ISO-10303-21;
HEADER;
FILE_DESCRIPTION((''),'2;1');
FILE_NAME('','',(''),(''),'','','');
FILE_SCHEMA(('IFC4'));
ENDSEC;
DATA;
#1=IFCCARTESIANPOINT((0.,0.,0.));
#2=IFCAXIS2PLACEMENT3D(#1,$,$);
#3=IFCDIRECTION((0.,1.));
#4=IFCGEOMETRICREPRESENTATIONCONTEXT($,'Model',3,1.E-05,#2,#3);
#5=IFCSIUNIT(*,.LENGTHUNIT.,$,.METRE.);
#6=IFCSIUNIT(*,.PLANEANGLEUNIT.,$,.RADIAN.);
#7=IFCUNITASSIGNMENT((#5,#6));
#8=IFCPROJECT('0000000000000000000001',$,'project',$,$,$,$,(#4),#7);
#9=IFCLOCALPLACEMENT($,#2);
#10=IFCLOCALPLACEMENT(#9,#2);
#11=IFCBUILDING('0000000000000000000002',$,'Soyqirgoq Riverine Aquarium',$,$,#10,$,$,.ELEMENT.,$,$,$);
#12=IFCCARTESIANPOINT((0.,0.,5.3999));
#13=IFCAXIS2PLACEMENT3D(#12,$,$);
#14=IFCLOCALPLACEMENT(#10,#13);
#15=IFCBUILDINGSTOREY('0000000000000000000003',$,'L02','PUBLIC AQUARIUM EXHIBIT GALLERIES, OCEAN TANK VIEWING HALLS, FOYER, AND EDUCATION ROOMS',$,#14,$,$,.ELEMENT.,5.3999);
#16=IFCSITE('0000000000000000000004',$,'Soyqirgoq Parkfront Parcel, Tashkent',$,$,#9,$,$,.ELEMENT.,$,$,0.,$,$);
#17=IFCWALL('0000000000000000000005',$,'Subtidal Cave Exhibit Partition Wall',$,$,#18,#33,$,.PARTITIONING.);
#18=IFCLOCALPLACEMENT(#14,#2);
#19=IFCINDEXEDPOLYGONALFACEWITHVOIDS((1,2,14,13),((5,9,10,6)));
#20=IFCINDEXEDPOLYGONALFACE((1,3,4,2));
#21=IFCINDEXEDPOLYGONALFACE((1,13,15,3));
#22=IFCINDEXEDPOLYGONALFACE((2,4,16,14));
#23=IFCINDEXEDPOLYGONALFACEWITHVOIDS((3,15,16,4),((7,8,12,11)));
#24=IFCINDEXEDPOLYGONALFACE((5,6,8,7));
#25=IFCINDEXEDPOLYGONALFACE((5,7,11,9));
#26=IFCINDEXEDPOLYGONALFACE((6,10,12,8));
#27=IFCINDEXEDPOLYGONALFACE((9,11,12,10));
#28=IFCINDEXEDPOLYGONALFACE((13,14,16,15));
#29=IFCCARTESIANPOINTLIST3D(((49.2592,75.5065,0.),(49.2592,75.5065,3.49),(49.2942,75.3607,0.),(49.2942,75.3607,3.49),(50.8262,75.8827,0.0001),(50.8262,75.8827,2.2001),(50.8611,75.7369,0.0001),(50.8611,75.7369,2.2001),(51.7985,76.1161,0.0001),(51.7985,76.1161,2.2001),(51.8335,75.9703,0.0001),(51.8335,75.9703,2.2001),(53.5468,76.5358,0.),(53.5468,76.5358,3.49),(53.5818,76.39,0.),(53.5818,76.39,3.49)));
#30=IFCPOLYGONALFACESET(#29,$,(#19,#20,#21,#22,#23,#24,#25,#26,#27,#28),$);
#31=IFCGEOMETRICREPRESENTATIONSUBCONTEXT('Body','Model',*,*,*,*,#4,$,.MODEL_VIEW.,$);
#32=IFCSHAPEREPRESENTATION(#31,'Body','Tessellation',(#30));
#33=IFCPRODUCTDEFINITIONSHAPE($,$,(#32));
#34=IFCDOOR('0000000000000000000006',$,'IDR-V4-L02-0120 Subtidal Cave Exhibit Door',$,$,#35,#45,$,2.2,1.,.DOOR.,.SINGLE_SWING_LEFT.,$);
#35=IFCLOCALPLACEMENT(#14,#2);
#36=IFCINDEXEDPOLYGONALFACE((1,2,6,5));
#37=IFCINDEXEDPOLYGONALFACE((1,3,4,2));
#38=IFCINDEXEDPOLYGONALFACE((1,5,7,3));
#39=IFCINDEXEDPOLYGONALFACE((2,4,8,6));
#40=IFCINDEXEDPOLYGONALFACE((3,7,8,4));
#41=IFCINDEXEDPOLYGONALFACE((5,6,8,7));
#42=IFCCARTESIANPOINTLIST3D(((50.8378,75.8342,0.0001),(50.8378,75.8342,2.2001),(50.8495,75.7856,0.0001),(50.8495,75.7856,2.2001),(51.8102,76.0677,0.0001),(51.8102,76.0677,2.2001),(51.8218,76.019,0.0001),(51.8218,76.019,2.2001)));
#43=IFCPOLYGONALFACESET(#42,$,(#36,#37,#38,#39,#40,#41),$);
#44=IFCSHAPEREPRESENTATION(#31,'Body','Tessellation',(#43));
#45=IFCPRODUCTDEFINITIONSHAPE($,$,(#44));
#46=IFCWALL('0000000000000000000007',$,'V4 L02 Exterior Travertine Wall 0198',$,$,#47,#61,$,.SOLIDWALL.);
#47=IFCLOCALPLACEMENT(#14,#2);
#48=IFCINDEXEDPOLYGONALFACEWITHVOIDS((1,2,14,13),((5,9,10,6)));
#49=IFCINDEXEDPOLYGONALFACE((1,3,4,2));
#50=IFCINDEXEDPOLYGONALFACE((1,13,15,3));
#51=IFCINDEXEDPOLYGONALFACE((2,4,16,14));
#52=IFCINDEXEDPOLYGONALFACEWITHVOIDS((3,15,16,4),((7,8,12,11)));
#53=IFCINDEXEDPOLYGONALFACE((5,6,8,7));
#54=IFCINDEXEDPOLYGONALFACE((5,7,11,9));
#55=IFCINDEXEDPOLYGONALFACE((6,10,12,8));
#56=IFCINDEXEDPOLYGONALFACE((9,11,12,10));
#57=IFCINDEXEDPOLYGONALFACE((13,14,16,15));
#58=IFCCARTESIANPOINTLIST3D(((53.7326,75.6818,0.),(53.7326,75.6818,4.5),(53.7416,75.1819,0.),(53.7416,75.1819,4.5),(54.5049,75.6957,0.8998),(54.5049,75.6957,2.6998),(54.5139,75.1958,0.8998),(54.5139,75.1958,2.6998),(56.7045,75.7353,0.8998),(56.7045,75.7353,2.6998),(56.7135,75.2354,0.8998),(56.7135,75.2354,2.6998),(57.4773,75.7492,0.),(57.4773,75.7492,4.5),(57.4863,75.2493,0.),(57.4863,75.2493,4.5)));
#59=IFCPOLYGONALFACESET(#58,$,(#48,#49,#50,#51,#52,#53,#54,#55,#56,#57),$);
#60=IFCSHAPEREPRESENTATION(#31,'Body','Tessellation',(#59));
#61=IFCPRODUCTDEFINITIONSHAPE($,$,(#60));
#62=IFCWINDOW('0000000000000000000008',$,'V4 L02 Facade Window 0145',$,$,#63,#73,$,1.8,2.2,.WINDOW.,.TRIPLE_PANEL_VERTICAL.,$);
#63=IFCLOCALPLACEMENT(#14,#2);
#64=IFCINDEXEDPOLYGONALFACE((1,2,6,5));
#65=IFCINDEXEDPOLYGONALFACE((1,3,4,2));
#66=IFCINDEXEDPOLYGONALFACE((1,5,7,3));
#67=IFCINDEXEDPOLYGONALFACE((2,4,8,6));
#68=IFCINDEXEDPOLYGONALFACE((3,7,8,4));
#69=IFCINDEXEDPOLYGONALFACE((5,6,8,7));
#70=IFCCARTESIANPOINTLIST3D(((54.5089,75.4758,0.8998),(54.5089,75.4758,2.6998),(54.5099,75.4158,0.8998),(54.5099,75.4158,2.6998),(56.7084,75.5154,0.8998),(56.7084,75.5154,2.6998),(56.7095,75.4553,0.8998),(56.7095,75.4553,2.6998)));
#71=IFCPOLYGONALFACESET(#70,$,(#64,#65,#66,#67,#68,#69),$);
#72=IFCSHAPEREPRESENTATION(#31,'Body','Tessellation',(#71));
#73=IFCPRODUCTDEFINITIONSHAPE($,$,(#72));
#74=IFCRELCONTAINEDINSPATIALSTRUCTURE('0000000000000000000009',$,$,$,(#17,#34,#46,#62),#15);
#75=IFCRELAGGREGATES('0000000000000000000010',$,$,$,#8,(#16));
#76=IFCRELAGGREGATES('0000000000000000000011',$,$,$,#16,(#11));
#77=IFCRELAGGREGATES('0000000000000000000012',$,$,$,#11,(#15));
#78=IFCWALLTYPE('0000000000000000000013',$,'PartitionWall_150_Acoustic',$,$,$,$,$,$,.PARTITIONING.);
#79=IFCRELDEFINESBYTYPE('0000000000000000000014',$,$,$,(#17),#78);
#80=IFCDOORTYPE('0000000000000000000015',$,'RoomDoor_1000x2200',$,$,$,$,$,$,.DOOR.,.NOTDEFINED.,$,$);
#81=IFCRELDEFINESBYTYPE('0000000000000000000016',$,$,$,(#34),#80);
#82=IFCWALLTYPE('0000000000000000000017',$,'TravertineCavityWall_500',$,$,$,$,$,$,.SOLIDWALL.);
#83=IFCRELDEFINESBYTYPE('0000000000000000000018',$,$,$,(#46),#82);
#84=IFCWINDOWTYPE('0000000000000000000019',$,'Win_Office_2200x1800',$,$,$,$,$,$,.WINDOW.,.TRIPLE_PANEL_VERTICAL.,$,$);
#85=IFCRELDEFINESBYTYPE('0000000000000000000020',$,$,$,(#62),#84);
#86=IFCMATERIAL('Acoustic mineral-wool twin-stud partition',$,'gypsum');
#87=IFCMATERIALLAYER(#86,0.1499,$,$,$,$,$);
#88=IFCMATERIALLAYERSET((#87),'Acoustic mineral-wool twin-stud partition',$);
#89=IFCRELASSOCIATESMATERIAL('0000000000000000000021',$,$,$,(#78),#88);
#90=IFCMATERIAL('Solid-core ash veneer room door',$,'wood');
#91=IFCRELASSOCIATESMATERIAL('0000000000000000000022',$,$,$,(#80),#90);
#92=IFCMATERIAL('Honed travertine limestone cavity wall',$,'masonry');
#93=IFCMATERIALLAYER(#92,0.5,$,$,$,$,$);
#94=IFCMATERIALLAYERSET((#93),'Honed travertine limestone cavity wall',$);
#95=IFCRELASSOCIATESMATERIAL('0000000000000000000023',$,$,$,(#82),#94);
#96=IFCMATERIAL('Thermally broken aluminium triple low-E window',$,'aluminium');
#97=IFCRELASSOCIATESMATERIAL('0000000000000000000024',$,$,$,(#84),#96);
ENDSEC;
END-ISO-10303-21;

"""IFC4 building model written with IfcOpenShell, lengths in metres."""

from ifc_helpers import new_model, si_unit, direction, frame, frame_2d, origin, place, context, subcontext, project, spatial, rectangle, extrude, material, layer, layer_set, type_object, element, fill, save


model = new_model("IFC4")

# Units and contexts
model_context = context("Model", 3, precision=1e-05, world=origin(), true_north=direction((0.0, 1.0)))
body_context = subcontext(model_context, "Body", "Model", "MODEL_VIEW")
ifc_project = project(units=[si_unit("LENGTHUNIT", "METRE"), si_unit("PLANEANGLEUNIT", "RADIAN")], contexts=[model_context])

# Site, building, storey
site_placement = place(None, origin())
site = spatial("IfcSite", under=ifc_project, at=site_placement, Name="Soyqirgoq Parkfront Parcel, Tashkent", CompositionType="ELEMENT", RefElevation=0.0)
building_placement = place(site_placement, origin())
building = spatial("IfcBuilding", under=site, at=building_placement, Name="Soyqirgoq Riverine Aquarium", CompositionType="ELEMENT")
storey_placement = place(building_placement, frame((0.0, 0.0, 5.3999)))
storey = spatial("IfcBuildingStorey", under=building, at=storey_placement, Name="L02", Description="PUBLIC AQUARIUM EXHIBIT GALLERIES, OCEAN TANK VIEWING HALLS, FOYER, AND EDUCATION ROOMS", CompositionType="ELEMENT", Elevation=5.3999)

# Wall, opening, door
ifc_material_1 = material(Name="Acoustic mineral-wool twin-stud partition", Category="gypsum")
ifc_layer_1 = layer(ifc_material_1, 0.1499)
ifc_layer_set_1 = layer_set([ifc_layer_1], Name="Acoustic mineral-wool twin-stud partition")
wall_type_1 = type_object("IfcWallType", Name="PartitionWall_150_Acoustic", PredefinedType="PARTITIONING", material=ifc_layer_set_1)
wall_1_placement = place(storey_placement, frame((53.5642, 76.4629, 0.0), z_axis=(0.0, 0.0, 1.0), x_axis=(-0.972373, -0.233432, 0.0)))
wall_1 = element("IfcWall", 1, at=wall_1_placement, inside=storey, type_object=wall_type_1, Name="Subtidal Cave Exhibit Partition Wall", PredefinedType="PARTITIONING", context=body_context, shape_type="SweptSolid", body=[
    extrude(rectangle(XDim=4.4094, YDim=0.1499, at=frame_2d((2.2046, 0.0))), origin(), (0.0, 0.0, 1.0), 3.49),
])
opening_1_placement = place(wall_1_placement, frame((1.7979, 0.0, 0.0)))
opening_1 = element("IfcOpeningElement", 2, at=opening_1_placement, cuts=wall_1, PredefinedType="OPENING", context=body_context, shape_type="SweptSolid", body=[
    extrude(rectangle(XDim=1.0, YDim=2.2, at=frame_2d((0.5, 1.1001))), frame((0.0, 0.085, 0.0), z_axis=(0.0, -1.0, 0.0), x_axis=(1.0, 0.0, 0.0)), (0.0, 0.0, 1.0), 0.1699),
])
ifc_material_2 = material(Name="Solid-core ash veneer room door", Category="wood")
door_type = type_object("IfcDoorType", Name="RoomDoor_1000x2200", OperationType="NOTDEFINED", PredefinedType="DOOR", material=ifc_material_2)
door_placement = place(opening_1_placement, origin())
door = element("IfcDoor", 3, at=door_placement, inside=storey, type_object=door_type, Name="IDR-V4-L02-0120 Subtidal Cave Exhibit Door", OperationType="SINGLE_SWING_LEFT", OverallHeight=2.2, OverallWidth=1.0, PredefinedType="DOOR", context=body_context, shape_type="SweptSolid", body=[
    extrude(rectangle(XDim=1.0, YDim=2.2, at=frame_2d((0.5, 1.1001))), frame((0.0, 0.0249, 0.0), z_axis=(0.0, -1.0, 0.0), x_axis=(1.0, 0.0, 0.0)), (0.0, 0.0, 1.0), 0.05),
])
fill(opening_1, door)

# Wall, opening, window
ifc_material_3 = material(Name="Honed travertine limestone cavity wall", Category="masonry")
ifc_layer_2 = layer(ifc_material_3, 0.5)
ifc_layer_set_2 = layer_set([ifc_layer_2], Name="Honed travertine limestone cavity wall")
wall_type_2 = type_object("IfcWallType", Name="TravertineCavityWall_500", PredefinedType="SOLIDWALL", material=ifc_layer_set_2)
wall_2_placement = place(storey_placement, frame((57.4817, 75.4993, 0.0), z_axis=(0.0, 0.0, 1.0), x_axis=(-0.999838, -0.01799, 0.0)))
wall_2 = element("IfcWall", 4, at=wall_2_placement, inside=storey, type_object=wall_type_2, Name="V4 L02 Exterior Travertine Wall 0198", PredefinedType="SOLIDWALL", context=body_context, shape_type="SweptSolid", body=[
    extrude(rectangle(XDim=3.7454, YDim=0.5, at=frame_2d((1.8726, 0.0))), origin(), (0.0, 0.0, 1.0), 4.5),
])
opening_2_placement = place(wall_2_placement, frame((0.7727, 0.0, 0.8999)))
opening_2 = element("IfcOpeningElement", 5, at=opening_2_placement, cuts=wall_2, PredefinedType="OPENING", context=body_context, shape_type="SweptSolid", body=[
    extrude(rectangle(XDim=2.2, YDim=1.8, at=frame_2d((1.1001, 0.8999))), frame((0.0, 0.26, 0.0), z_axis=(0.0, -1.0, 0.0), x_axis=(1.0, 0.0, 0.0)), (0.0, 0.0, 1.0), 0.52),
])
ifc_material_4 = material(Name="Thermally broken aluminium triple low-E window", Category="aluminium")
window_type = type_object("IfcWindowType", Name="Win_Office_2200x1800", PartitioningType="TRIPLE_PANEL_VERTICAL", PredefinedType="WINDOW", material=ifc_material_4)
window_placement = place(opening_2_placement, origin())
window = element("IfcWindow", 6, at=window_placement, inside=storey, type_object=window_type, Name="V4 L02 Facade Window 0145", OverallHeight=1.8, OverallWidth=2.2, PartitioningType="TRIPLE_PANEL_VERTICAL", PredefinedType="WINDOW", context=body_context, shape_type="SweptSolid", body=[
    extrude(rectangle(XDim=2.2, YDim=1.8, at=frame_2d((1.1001, 0.8999))), frame((0.0, 0.03, 0.0), z_axis=(0.0, -1.0, 0.0), x_axis=(1.0, 0.0, 0.0)), (0.0, 0.0, 1.0), 0.0601),
])
fill(opening_2, window)

save(model, "model.ifc")
